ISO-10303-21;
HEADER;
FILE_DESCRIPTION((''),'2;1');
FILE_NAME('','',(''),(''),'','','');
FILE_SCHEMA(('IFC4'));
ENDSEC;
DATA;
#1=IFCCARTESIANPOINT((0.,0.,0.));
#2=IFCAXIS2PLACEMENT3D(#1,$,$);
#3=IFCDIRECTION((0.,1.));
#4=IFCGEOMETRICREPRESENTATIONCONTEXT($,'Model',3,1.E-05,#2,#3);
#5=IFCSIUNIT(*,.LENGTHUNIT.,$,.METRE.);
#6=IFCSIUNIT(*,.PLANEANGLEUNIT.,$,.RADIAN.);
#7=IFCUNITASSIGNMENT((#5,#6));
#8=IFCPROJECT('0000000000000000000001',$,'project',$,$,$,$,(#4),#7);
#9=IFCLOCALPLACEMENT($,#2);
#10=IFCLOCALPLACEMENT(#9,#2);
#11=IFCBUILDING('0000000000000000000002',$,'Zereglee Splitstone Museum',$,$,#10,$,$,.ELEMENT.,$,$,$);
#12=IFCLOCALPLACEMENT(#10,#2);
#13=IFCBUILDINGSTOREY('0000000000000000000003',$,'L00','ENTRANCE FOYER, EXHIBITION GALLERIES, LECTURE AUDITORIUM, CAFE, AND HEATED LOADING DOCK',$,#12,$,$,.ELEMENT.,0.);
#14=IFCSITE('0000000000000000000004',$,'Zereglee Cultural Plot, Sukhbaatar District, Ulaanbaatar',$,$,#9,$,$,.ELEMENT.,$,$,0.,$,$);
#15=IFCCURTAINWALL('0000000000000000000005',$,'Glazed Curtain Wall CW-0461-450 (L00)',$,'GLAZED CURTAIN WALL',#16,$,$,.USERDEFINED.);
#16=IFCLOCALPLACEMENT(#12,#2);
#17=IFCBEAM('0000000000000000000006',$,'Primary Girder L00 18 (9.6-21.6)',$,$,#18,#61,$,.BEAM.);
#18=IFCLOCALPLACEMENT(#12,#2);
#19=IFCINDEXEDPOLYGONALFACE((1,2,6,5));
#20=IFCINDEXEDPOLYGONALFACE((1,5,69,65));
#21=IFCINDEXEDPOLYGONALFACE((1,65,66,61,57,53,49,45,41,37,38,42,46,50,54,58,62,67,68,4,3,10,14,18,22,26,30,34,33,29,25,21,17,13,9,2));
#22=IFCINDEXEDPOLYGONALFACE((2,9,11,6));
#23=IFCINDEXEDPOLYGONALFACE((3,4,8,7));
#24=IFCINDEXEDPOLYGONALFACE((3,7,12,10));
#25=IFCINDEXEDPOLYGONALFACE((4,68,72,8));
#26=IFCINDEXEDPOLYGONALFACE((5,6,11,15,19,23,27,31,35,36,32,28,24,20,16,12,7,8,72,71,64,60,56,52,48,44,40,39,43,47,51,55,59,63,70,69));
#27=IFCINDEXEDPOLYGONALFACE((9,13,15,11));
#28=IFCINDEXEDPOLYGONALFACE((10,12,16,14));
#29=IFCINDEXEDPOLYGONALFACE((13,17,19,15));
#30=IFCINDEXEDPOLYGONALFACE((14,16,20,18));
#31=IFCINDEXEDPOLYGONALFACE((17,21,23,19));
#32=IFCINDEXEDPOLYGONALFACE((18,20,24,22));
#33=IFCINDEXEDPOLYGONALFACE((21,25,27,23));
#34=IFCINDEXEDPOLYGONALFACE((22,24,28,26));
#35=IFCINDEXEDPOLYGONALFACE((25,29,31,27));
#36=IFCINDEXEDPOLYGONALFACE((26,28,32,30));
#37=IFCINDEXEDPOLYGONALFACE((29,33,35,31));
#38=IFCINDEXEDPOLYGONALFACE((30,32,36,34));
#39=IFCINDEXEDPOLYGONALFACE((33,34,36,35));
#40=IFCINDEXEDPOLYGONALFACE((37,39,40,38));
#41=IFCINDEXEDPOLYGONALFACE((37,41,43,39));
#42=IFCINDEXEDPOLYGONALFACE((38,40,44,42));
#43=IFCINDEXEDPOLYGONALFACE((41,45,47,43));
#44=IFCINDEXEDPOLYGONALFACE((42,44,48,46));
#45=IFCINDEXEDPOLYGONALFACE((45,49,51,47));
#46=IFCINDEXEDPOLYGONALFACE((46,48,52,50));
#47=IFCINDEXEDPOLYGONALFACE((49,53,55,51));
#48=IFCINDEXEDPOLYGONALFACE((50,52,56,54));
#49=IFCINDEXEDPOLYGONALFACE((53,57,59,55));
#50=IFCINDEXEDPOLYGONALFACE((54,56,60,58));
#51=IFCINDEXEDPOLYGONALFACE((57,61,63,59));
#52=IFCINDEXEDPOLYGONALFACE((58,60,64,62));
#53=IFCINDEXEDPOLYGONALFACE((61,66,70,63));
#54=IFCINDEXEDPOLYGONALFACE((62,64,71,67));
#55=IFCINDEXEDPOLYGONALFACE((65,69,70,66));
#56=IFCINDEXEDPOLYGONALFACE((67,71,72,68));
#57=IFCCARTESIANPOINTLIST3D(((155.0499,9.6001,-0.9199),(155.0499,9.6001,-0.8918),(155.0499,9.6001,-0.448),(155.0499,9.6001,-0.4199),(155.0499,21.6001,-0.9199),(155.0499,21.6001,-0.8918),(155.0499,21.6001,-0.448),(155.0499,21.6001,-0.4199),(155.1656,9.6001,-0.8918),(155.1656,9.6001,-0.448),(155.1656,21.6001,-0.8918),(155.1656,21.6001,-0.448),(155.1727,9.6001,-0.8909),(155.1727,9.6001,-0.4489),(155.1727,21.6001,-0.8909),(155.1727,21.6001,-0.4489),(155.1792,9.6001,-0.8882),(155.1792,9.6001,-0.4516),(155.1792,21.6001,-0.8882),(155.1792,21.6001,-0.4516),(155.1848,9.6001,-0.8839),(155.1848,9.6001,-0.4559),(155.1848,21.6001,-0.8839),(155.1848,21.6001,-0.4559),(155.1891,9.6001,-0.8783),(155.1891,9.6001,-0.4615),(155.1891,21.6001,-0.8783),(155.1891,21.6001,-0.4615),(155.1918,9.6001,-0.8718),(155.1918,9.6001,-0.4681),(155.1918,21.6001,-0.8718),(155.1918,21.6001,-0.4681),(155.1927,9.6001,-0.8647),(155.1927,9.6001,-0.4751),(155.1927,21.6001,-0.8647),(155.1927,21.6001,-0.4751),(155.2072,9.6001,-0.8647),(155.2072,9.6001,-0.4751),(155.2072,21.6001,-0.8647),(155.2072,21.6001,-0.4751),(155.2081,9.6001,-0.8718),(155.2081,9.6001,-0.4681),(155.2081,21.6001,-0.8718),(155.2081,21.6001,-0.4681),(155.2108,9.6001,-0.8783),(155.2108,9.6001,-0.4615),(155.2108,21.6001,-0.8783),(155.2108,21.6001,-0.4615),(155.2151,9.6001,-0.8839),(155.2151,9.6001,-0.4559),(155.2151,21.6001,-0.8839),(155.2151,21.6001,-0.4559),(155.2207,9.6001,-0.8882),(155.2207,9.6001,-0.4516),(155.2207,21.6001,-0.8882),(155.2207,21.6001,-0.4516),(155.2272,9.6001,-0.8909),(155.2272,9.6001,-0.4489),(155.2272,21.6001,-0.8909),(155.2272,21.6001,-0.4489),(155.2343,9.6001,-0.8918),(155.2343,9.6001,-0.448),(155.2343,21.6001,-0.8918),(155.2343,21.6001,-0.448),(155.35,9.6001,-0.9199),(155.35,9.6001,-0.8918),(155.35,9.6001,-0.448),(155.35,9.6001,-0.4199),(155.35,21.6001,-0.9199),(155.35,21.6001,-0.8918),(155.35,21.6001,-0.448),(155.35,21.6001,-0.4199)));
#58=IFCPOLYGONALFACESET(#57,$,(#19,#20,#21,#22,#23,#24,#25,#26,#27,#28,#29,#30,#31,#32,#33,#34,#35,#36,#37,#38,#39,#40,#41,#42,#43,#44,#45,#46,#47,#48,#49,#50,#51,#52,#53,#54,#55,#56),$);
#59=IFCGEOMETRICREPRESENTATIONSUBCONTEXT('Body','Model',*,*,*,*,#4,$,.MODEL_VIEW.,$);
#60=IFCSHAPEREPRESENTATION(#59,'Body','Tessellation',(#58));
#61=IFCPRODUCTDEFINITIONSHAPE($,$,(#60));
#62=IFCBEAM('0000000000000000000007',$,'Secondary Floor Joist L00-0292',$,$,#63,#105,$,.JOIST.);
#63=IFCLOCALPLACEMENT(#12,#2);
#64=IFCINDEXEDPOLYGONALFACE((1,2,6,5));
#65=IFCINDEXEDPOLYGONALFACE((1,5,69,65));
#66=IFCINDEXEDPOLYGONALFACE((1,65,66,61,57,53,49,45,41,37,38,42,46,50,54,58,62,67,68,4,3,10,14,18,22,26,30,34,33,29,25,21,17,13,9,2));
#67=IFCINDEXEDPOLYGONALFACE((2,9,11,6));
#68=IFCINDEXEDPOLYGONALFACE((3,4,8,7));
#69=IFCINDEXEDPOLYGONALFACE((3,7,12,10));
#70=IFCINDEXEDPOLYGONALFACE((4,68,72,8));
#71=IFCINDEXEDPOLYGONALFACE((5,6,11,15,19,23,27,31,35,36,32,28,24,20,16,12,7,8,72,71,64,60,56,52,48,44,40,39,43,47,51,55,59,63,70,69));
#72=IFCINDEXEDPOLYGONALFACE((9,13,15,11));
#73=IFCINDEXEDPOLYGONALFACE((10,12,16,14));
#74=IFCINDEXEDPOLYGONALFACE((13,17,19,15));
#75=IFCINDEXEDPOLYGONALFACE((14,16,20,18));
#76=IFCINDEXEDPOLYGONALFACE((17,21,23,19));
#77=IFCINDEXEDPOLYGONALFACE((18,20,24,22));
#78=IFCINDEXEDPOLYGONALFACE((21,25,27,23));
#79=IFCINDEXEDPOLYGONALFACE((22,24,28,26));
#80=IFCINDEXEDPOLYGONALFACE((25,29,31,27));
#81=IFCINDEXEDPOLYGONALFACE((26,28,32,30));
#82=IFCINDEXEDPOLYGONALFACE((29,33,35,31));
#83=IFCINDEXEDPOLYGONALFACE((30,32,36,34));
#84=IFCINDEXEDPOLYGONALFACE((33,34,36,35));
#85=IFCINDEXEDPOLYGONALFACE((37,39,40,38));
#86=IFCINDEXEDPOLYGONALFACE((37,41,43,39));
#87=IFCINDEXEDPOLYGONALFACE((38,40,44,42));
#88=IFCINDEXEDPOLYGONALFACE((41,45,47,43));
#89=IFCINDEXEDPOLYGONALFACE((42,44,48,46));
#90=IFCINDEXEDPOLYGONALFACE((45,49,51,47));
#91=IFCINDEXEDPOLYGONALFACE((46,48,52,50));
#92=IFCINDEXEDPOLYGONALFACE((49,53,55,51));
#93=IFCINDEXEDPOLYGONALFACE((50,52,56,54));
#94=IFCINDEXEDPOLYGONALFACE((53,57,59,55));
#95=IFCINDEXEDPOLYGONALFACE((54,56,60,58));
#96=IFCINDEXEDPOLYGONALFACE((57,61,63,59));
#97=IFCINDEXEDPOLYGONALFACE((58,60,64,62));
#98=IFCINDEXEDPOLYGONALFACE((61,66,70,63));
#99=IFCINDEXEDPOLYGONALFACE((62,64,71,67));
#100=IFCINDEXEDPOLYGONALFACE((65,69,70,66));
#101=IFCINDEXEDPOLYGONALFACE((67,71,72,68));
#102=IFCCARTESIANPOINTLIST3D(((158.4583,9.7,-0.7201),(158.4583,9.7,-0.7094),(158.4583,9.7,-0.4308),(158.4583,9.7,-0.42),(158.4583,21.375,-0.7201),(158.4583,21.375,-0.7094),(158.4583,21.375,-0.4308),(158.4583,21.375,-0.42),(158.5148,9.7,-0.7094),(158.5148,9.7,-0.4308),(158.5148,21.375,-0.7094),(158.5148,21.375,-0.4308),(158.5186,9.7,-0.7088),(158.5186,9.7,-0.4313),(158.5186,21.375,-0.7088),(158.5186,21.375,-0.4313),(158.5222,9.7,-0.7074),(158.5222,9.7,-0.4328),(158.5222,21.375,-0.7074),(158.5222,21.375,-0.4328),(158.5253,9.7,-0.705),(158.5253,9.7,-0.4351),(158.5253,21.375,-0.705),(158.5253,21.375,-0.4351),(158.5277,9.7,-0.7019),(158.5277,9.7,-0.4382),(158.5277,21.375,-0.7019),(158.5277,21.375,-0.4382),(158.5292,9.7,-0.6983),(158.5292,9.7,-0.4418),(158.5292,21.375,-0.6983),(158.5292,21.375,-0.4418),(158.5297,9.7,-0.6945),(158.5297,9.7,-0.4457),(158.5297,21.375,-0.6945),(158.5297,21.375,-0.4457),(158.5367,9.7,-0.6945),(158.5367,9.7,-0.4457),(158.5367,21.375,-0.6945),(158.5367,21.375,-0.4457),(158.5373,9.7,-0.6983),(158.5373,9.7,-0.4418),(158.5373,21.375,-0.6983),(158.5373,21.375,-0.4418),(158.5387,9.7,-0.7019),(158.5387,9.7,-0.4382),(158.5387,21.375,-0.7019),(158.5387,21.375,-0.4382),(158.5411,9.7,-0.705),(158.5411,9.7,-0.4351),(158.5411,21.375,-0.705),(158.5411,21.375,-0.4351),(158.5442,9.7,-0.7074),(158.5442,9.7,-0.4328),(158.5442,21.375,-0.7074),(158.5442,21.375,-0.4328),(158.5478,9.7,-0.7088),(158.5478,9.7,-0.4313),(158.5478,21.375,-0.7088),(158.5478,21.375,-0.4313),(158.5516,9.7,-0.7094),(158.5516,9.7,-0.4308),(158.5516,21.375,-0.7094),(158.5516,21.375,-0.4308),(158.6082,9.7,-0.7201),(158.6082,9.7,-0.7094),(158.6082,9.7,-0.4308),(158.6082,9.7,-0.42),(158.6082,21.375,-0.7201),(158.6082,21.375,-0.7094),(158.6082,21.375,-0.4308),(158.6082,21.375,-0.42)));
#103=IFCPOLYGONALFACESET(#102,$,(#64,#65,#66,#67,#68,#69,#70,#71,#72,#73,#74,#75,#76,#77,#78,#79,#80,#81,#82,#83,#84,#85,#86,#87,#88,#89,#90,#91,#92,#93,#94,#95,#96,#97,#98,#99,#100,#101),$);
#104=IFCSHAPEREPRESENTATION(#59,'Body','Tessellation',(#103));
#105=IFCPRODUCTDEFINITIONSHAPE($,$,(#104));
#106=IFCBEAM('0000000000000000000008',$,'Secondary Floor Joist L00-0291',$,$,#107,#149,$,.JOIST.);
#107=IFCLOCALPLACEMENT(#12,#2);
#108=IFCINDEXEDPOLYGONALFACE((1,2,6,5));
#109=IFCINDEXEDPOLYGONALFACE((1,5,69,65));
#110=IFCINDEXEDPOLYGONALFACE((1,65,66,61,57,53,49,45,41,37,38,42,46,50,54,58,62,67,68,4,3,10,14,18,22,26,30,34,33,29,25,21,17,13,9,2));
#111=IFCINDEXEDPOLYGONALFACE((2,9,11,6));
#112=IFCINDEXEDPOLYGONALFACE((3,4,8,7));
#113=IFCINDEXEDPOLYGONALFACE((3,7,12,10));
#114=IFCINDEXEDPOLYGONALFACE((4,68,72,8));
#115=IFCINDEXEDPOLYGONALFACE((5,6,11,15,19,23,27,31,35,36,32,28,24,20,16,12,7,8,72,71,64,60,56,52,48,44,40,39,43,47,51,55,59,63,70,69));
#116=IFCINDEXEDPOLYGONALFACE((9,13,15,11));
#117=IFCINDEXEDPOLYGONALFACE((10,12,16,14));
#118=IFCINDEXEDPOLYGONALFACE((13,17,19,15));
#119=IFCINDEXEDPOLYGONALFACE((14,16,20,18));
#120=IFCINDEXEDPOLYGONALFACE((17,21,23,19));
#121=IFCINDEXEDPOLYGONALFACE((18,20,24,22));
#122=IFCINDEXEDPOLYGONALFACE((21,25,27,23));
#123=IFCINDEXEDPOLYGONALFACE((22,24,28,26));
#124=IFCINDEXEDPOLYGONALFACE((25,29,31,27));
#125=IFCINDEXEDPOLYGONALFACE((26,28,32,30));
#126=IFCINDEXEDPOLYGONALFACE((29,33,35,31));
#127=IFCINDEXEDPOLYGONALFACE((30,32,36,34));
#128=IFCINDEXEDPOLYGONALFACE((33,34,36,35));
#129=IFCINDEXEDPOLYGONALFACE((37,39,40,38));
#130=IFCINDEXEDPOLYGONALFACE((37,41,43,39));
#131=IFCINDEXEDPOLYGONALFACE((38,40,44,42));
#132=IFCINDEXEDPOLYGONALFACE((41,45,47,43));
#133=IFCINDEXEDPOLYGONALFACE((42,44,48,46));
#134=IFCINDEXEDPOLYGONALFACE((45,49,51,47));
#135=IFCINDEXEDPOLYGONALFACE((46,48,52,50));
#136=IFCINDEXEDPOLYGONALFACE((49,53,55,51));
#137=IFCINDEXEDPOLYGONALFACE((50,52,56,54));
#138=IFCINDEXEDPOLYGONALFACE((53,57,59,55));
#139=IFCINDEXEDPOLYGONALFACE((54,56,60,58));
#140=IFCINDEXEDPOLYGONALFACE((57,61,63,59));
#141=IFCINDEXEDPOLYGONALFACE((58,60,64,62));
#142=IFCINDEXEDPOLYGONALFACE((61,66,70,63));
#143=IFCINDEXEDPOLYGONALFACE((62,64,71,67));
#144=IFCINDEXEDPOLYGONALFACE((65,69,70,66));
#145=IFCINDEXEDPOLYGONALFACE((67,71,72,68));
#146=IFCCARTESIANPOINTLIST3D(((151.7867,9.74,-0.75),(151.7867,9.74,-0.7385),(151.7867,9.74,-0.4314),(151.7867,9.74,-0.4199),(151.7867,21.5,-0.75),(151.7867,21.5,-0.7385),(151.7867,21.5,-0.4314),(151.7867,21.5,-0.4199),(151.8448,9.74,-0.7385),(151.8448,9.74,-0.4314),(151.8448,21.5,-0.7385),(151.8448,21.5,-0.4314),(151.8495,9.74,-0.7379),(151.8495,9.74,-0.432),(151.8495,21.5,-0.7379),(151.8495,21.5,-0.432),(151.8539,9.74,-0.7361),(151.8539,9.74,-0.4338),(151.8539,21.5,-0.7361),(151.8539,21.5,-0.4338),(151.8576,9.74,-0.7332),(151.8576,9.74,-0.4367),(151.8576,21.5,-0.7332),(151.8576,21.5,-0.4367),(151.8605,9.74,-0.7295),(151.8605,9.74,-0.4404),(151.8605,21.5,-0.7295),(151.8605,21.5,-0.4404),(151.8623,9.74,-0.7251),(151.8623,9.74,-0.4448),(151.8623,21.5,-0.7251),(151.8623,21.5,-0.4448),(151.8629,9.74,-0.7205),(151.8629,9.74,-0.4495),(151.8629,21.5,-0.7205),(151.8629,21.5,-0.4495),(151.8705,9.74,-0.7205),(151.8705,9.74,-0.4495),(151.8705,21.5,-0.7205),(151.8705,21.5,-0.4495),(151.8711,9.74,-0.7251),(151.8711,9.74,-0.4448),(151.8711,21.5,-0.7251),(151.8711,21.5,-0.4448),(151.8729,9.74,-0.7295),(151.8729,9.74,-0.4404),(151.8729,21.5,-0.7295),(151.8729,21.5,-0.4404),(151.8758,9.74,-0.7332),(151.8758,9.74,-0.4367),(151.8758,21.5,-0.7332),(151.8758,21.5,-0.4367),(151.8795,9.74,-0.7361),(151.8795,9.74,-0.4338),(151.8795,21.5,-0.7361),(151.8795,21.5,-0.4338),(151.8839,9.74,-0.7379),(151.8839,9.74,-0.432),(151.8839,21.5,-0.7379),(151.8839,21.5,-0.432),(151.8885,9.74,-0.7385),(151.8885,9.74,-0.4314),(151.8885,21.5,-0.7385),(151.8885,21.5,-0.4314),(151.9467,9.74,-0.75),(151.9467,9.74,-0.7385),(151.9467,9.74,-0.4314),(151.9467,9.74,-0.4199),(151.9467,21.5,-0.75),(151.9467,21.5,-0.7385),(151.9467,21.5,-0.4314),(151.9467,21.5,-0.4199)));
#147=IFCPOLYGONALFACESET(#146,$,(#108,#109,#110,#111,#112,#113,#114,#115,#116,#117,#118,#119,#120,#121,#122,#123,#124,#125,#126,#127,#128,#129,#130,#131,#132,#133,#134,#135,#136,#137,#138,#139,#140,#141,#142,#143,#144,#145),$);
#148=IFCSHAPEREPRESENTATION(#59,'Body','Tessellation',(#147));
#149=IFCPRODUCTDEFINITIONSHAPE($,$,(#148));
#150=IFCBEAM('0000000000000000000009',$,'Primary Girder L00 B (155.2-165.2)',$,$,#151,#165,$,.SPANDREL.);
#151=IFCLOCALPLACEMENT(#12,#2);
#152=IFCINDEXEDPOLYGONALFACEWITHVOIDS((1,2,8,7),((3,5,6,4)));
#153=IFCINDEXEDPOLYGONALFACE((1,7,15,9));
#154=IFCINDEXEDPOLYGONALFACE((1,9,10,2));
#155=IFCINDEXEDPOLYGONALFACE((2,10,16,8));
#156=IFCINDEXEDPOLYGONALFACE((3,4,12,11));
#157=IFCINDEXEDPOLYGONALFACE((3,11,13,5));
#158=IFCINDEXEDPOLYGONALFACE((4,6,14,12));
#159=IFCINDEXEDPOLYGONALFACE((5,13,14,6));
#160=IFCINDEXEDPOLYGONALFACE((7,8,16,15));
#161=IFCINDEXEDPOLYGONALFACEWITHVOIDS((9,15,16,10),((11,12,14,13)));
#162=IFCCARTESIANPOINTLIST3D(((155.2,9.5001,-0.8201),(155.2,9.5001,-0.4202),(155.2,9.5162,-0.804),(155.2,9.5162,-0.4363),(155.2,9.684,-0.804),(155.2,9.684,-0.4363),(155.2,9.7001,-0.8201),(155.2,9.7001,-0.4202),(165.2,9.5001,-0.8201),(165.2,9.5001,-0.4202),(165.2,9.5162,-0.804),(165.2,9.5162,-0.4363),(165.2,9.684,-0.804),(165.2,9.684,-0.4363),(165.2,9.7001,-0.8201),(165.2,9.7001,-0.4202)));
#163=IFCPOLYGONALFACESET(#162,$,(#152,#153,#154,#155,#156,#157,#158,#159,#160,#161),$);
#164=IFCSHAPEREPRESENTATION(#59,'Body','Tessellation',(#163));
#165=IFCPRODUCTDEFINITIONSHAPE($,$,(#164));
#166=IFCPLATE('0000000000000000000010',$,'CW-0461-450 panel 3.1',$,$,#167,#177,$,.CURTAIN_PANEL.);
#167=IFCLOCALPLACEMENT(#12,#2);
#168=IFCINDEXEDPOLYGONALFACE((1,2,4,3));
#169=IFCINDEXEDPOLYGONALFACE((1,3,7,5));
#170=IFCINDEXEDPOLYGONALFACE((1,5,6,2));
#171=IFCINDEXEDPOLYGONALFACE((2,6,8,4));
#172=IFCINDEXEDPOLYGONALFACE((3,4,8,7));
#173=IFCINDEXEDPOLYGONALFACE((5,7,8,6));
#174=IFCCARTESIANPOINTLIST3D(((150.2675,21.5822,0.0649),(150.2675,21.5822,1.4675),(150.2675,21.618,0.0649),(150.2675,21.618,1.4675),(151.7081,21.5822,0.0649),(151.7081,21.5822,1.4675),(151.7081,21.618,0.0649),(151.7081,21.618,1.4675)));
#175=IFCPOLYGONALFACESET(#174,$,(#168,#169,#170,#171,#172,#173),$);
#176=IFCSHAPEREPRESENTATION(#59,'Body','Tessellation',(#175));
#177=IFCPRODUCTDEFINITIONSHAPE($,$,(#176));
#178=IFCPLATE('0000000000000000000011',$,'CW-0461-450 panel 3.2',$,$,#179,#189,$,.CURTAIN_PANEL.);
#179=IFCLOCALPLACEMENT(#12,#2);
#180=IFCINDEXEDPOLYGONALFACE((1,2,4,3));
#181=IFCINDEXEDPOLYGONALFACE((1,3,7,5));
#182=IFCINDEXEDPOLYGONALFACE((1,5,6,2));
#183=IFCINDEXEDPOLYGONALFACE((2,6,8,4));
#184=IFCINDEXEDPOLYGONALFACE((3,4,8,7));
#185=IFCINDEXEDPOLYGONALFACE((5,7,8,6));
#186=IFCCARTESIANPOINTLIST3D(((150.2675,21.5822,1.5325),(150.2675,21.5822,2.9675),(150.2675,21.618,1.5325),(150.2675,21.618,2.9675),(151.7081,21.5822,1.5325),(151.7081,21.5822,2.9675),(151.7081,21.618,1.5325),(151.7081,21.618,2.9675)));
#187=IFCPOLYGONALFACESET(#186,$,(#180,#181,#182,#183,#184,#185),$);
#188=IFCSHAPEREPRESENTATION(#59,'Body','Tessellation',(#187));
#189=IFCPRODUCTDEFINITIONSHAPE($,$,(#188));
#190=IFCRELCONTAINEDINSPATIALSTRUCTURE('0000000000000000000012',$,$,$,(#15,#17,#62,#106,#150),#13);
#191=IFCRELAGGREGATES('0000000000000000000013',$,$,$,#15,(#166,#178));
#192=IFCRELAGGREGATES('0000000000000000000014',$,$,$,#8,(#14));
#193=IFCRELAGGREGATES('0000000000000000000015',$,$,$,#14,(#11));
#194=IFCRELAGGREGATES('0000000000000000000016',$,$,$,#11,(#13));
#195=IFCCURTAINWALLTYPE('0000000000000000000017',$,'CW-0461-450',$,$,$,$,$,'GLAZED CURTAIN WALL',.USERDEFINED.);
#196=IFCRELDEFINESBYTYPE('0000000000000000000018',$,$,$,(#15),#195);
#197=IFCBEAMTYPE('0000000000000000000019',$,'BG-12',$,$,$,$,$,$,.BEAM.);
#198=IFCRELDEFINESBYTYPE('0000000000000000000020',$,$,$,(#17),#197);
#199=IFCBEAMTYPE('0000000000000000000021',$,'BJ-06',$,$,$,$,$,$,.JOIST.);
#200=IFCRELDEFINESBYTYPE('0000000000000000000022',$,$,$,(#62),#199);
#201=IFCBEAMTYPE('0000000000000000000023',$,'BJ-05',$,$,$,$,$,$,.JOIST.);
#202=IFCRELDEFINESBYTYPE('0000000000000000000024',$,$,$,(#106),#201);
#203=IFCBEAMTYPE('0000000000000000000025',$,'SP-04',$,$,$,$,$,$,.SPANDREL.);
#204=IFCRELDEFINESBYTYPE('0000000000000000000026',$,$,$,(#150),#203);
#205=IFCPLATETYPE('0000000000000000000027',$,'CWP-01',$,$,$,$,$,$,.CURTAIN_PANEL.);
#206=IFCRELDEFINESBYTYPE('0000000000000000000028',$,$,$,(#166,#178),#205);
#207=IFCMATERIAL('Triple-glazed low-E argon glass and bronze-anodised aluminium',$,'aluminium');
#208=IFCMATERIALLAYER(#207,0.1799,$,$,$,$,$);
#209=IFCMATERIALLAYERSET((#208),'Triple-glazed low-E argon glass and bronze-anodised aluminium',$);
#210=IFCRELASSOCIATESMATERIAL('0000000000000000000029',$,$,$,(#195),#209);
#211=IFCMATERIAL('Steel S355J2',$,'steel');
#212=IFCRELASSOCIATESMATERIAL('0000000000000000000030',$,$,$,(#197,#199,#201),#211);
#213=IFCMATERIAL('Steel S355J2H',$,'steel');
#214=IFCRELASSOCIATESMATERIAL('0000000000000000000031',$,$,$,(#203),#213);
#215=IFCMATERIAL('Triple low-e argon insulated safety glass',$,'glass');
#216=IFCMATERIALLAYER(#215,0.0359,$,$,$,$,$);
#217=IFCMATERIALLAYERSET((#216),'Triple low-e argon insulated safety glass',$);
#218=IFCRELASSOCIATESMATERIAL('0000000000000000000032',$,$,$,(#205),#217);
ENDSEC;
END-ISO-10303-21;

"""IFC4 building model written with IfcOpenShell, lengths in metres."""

from ifc_helpers import new_model, si_unit, direction, frame, origin, origin_2d, place, context, subcontext, project, spatial, rectangle, hollow_rectangle, i_section, extrude, material, layer, layer_set, material_profile, profile_set, type_object, element, aggregate, save


model = new_model("IFC4")

# Units and contexts
model_context = context("Model", 3, precision=1e-05, world=origin(), true_north=direction((0.0, 1.0)))
body_context = subcontext(model_context, "Body", "Model", "MODEL_VIEW")
ifc_project = project(units=[si_unit("LENGTHUNIT", "METRE"), si_unit("PLANEANGLEUNIT", "RADIAN")], contexts=[model_context])

# Site, building, storey
site_placement = place(None, origin())
site = spatial("IfcSite", under=ifc_project, at=site_placement, Name="Zereglee Cultural Plot, Sukhbaatar District, Ulaanbaatar", CompositionType="ELEMENT", RefElevation=0.0)
building_placement = place(site_placement, origin())
building = spatial("IfcBuilding", under=site, at=building_placement, Name="Zereglee Splitstone Museum", CompositionType="ELEMENT")
storey_placement = place(building_placement, origin())
storey = spatial("IfcBuildingStorey", under=building, at=storey_placement, Name="L00", Description="ENTRANCE FOYER, EXHIBITION GALLERIES, LECTURE AUDITORIUM, CAFE, AND HEATED LOADING DOCK", CompositionType="ELEMENT", Elevation=0.0)

# Curtain wall
ifc_material_1 = material(Name="Triple-glazed low-E argon glass and bronze-anodised aluminium", Category="aluminium")
ifc_layer_1 = layer(ifc_material_1, 0.1799)
ifc_layer_set_1 = layer_set([ifc_layer_1], Name="Triple-glazed low-E argon glass and bronze-anodised aluminium")
curtain_wall_type_1 = type_object("IfcCurtainWallType", Name="CW-0461-450", ElementType="GLAZED CURTAIN WALL", PredefinedType="USERDEFINED", material=ifc_layer_set_1)
curtain_wall_1_placement = place(storey_placement, origin())
curtain_wall_1 = element("IfcCurtainWall", 1, at=curtain_wall_1_placement, inside=storey, type_object=curtain_wall_type_1, Name="Glazed Curtain Wall CW-0461-450 (L00)", ObjectType="GLAZED CURTAIN WALL", PredefinedType="USERDEFINED")

# Beams
ifc_material_2 = material(Name="Steel S355J2", Category="steel")
ifc_material_profile_1 = material_profile(ifc_material_2, i_section(OverallWidth=0.3, OverallDepth=0.5, WebThickness=0.0144, FlangeThickness=0.0281, FilletRadius=0.0271, at=origin_2d()), Name="HE 500 B")
ifc_profile_set_1 = profile_set([ifc_material_profile_1], Name="Steel S355J2")
beam_type_1 = type_object("IfcBeamType", Name="BG-12", PredefinedType="BEAM", material=ifc_profile_set_1)
beam_1_placement = place(storey_placement, frame((155.2, 9.6001, -0.6699), z_axis=(0.0, 1.0, 0.0), x_axis=(-1.0, 0.0, 0.0)))
element("IfcBeam", 2, at=beam_1_placement, inside=storey, type_object=beam_type_1, Name="Primary Girder L00 18 (9.6-21.6)", PredefinedType="BEAM", context=body_context, shape_type="SweptSolid", body=[
    extrude(i_section(OverallWidth=0.3, OverallDepth=0.5, WebThickness=0.0144, FlangeThickness=0.0281, FilletRadius=0.0271, at=origin_2d()), origin(), (0.0, 0.0, 1.0), 12.0),
])
ifc_material_profile_2 = material_profile(ifc_material_2, i_section(OverallWidth=0.1499, OverallDepth=0.3, WebThickness=0.0071, FlangeThickness=0.0107, FilletRadius=0.0149, at=origin_2d()), Name="IPE 300")
ifc_profile_set_2 = profile_set([ifc_material_profile_2], Name="Steel S355J2")
beam_type_2 = type_object("IfcBeamType", Name="BJ-06", PredefinedType="JOIST", material=ifc_profile_set_2)
beam_2_placement = place(storey_placement, frame((158.5332, 9.7, -0.5701), z_axis=(0.0, 1.0, 0.0), x_axis=(-1.0, 0.0, 0.0)))
element("IfcBeam", 3, at=beam_2_placement, inside=storey, type_object=beam_type_2, Name="Secondary Floor Joist L00-0292", PredefinedType="JOIST", context=body_context, shape_type="SweptSolid", body=[
    extrude(i_section(OverallWidth=0.1499, OverallDepth=0.3, WebThickness=0.0071, FlangeThickness=0.0107, FilletRadius=0.0149, at=origin_2d()), origin(), (0.0, 0.0, 1.0), 11.675),
])
ifc_material_profile_3 = material_profile(ifc_material_2, i_section(OverallWidth=0.1599, OverallDepth=0.3301, WebThickness=0.0076, FlangeThickness=0.0115, FilletRadius=0.0181, at=origin_2d()), Name="IPE 330")
ifc_profile_set_3 = profile_set([ifc_material_profile_3], Name="Steel S355J2")
beam_type_3 = type_object("IfcBeamType", Name="BJ-05", PredefinedType="JOIST", material=ifc_profile_set_3)
beam_3_placement = place(storey_placement, frame((151.8667, 9.74, -0.585), z_axis=(0.0, 1.0, 0.0), x_axis=(-1.0, 0.0, 0.0)))
element("IfcBeam", 4, at=beam_3_placement, inside=storey, type_object=beam_type_3, Name="Secondary Floor Joist L00-0291", PredefinedType="JOIST", context=body_context, shape_type="SweptSolid", body=[
    extrude(i_section(OverallWidth=0.1599, OverallDepth=0.3301, WebThickness=0.0076, FlangeThickness=0.0115, FilletRadius=0.0181, at=origin_2d()), origin(), (0.0, 0.0, 1.0), 11.76),
])
ifc_material_3 = material(Name="Steel S355J2H", Category="steel")
ifc_material_profile_4 = material_profile(ifc_material_3, hollow_rectangle(XDim=0.2, YDim=0.3999, WallThickness=0.0161, at=origin_2d()), Name="RHS 400x200x16")
ifc_profile_set_4 = profile_set([ifc_material_profile_4], Name="Steel S355J2H")
beam_type_4 = type_object("IfcBeamType", Name="SP-04", PredefinedType="SPANDREL", material=ifc_profile_set_4)
beam_4_placement = place(storey_placement, frame((155.2, 9.6001, -0.6201), z_axis=(1.0, 0.0, 0.0), x_axis=(0.0, 1.0, 0.0)))
element("IfcBeam", 5, at=beam_4_placement, inside=storey, type_object=beam_type_4, Name="Primary Girder L00 B (155.2-165.2)", PredefinedType="SPANDREL", context=body_context, shape_type="SweptSolid", body=[
    extrude(hollow_rectangle(XDim=0.2, YDim=0.3999, WallThickness=0.0161, at=origin_2d()), origin(), (0.0, 0.0, 1.0), 10.0),
])

# Plates
ifc_material_4 = material(Name="Triple low-e argon insulated safety glass", Category="glass")
ifc_layer_2 = layer(ifc_material_4, 0.0359)
ifc_layer_set_2 = layer_set([ifc_layer_2], Name="Triple low-e argon insulated safety glass")
plate_type = type_object("IfcPlateType", Name="CWP-01", PredefinedType="CURTAIN_PANEL", material=ifc_layer_set_2)
plate_1_placement = place(storey_placement, frame((150.9878, 21.6001, 0.0649), z_axis=(0.0, 0.0, 1.0), x_axis=(-1.0, 0.0, 0.0)))
plate_1 = element("IfcPlate", 6, at=plate_1_placement, type_object=plate_type, Name="CW-0461-450 panel 3.1", PredefinedType="CURTAIN_PANEL", context=body_context, shape_type="SweptSolid", body=[
    extrude(rectangle(XDim=1.4407, YDim=0.0359, at=origin_2d()), origin(), (0.0, 0.0, 1.0), 1.4026),
])
plate_2_placement = place(storey_placement, frame((150.9878, 21.6001, 1.5325), z_axis=(0.0, 0.0, 1.0), x_axis=(-1.0, 0.0, 0.0)))
plate_2 = element("IfcPlate", 7, at=plate_2_placement, type_object=plate_type, Name="CW-0461-450 panel 3.2", PredefinedType="CURTAIN_PANEL", context=body_context, shape_type="SweptSolid", body=[
    extrude(rectangle(XDim=1.4407, YDim=0.0359, at=origin_2d()), origin(), (0.0, 0.0, 1.0), 1.4351),
])
aggregate(curtain_wall_1, [plate_1, plate_2])

save(model, "model.ifc")
